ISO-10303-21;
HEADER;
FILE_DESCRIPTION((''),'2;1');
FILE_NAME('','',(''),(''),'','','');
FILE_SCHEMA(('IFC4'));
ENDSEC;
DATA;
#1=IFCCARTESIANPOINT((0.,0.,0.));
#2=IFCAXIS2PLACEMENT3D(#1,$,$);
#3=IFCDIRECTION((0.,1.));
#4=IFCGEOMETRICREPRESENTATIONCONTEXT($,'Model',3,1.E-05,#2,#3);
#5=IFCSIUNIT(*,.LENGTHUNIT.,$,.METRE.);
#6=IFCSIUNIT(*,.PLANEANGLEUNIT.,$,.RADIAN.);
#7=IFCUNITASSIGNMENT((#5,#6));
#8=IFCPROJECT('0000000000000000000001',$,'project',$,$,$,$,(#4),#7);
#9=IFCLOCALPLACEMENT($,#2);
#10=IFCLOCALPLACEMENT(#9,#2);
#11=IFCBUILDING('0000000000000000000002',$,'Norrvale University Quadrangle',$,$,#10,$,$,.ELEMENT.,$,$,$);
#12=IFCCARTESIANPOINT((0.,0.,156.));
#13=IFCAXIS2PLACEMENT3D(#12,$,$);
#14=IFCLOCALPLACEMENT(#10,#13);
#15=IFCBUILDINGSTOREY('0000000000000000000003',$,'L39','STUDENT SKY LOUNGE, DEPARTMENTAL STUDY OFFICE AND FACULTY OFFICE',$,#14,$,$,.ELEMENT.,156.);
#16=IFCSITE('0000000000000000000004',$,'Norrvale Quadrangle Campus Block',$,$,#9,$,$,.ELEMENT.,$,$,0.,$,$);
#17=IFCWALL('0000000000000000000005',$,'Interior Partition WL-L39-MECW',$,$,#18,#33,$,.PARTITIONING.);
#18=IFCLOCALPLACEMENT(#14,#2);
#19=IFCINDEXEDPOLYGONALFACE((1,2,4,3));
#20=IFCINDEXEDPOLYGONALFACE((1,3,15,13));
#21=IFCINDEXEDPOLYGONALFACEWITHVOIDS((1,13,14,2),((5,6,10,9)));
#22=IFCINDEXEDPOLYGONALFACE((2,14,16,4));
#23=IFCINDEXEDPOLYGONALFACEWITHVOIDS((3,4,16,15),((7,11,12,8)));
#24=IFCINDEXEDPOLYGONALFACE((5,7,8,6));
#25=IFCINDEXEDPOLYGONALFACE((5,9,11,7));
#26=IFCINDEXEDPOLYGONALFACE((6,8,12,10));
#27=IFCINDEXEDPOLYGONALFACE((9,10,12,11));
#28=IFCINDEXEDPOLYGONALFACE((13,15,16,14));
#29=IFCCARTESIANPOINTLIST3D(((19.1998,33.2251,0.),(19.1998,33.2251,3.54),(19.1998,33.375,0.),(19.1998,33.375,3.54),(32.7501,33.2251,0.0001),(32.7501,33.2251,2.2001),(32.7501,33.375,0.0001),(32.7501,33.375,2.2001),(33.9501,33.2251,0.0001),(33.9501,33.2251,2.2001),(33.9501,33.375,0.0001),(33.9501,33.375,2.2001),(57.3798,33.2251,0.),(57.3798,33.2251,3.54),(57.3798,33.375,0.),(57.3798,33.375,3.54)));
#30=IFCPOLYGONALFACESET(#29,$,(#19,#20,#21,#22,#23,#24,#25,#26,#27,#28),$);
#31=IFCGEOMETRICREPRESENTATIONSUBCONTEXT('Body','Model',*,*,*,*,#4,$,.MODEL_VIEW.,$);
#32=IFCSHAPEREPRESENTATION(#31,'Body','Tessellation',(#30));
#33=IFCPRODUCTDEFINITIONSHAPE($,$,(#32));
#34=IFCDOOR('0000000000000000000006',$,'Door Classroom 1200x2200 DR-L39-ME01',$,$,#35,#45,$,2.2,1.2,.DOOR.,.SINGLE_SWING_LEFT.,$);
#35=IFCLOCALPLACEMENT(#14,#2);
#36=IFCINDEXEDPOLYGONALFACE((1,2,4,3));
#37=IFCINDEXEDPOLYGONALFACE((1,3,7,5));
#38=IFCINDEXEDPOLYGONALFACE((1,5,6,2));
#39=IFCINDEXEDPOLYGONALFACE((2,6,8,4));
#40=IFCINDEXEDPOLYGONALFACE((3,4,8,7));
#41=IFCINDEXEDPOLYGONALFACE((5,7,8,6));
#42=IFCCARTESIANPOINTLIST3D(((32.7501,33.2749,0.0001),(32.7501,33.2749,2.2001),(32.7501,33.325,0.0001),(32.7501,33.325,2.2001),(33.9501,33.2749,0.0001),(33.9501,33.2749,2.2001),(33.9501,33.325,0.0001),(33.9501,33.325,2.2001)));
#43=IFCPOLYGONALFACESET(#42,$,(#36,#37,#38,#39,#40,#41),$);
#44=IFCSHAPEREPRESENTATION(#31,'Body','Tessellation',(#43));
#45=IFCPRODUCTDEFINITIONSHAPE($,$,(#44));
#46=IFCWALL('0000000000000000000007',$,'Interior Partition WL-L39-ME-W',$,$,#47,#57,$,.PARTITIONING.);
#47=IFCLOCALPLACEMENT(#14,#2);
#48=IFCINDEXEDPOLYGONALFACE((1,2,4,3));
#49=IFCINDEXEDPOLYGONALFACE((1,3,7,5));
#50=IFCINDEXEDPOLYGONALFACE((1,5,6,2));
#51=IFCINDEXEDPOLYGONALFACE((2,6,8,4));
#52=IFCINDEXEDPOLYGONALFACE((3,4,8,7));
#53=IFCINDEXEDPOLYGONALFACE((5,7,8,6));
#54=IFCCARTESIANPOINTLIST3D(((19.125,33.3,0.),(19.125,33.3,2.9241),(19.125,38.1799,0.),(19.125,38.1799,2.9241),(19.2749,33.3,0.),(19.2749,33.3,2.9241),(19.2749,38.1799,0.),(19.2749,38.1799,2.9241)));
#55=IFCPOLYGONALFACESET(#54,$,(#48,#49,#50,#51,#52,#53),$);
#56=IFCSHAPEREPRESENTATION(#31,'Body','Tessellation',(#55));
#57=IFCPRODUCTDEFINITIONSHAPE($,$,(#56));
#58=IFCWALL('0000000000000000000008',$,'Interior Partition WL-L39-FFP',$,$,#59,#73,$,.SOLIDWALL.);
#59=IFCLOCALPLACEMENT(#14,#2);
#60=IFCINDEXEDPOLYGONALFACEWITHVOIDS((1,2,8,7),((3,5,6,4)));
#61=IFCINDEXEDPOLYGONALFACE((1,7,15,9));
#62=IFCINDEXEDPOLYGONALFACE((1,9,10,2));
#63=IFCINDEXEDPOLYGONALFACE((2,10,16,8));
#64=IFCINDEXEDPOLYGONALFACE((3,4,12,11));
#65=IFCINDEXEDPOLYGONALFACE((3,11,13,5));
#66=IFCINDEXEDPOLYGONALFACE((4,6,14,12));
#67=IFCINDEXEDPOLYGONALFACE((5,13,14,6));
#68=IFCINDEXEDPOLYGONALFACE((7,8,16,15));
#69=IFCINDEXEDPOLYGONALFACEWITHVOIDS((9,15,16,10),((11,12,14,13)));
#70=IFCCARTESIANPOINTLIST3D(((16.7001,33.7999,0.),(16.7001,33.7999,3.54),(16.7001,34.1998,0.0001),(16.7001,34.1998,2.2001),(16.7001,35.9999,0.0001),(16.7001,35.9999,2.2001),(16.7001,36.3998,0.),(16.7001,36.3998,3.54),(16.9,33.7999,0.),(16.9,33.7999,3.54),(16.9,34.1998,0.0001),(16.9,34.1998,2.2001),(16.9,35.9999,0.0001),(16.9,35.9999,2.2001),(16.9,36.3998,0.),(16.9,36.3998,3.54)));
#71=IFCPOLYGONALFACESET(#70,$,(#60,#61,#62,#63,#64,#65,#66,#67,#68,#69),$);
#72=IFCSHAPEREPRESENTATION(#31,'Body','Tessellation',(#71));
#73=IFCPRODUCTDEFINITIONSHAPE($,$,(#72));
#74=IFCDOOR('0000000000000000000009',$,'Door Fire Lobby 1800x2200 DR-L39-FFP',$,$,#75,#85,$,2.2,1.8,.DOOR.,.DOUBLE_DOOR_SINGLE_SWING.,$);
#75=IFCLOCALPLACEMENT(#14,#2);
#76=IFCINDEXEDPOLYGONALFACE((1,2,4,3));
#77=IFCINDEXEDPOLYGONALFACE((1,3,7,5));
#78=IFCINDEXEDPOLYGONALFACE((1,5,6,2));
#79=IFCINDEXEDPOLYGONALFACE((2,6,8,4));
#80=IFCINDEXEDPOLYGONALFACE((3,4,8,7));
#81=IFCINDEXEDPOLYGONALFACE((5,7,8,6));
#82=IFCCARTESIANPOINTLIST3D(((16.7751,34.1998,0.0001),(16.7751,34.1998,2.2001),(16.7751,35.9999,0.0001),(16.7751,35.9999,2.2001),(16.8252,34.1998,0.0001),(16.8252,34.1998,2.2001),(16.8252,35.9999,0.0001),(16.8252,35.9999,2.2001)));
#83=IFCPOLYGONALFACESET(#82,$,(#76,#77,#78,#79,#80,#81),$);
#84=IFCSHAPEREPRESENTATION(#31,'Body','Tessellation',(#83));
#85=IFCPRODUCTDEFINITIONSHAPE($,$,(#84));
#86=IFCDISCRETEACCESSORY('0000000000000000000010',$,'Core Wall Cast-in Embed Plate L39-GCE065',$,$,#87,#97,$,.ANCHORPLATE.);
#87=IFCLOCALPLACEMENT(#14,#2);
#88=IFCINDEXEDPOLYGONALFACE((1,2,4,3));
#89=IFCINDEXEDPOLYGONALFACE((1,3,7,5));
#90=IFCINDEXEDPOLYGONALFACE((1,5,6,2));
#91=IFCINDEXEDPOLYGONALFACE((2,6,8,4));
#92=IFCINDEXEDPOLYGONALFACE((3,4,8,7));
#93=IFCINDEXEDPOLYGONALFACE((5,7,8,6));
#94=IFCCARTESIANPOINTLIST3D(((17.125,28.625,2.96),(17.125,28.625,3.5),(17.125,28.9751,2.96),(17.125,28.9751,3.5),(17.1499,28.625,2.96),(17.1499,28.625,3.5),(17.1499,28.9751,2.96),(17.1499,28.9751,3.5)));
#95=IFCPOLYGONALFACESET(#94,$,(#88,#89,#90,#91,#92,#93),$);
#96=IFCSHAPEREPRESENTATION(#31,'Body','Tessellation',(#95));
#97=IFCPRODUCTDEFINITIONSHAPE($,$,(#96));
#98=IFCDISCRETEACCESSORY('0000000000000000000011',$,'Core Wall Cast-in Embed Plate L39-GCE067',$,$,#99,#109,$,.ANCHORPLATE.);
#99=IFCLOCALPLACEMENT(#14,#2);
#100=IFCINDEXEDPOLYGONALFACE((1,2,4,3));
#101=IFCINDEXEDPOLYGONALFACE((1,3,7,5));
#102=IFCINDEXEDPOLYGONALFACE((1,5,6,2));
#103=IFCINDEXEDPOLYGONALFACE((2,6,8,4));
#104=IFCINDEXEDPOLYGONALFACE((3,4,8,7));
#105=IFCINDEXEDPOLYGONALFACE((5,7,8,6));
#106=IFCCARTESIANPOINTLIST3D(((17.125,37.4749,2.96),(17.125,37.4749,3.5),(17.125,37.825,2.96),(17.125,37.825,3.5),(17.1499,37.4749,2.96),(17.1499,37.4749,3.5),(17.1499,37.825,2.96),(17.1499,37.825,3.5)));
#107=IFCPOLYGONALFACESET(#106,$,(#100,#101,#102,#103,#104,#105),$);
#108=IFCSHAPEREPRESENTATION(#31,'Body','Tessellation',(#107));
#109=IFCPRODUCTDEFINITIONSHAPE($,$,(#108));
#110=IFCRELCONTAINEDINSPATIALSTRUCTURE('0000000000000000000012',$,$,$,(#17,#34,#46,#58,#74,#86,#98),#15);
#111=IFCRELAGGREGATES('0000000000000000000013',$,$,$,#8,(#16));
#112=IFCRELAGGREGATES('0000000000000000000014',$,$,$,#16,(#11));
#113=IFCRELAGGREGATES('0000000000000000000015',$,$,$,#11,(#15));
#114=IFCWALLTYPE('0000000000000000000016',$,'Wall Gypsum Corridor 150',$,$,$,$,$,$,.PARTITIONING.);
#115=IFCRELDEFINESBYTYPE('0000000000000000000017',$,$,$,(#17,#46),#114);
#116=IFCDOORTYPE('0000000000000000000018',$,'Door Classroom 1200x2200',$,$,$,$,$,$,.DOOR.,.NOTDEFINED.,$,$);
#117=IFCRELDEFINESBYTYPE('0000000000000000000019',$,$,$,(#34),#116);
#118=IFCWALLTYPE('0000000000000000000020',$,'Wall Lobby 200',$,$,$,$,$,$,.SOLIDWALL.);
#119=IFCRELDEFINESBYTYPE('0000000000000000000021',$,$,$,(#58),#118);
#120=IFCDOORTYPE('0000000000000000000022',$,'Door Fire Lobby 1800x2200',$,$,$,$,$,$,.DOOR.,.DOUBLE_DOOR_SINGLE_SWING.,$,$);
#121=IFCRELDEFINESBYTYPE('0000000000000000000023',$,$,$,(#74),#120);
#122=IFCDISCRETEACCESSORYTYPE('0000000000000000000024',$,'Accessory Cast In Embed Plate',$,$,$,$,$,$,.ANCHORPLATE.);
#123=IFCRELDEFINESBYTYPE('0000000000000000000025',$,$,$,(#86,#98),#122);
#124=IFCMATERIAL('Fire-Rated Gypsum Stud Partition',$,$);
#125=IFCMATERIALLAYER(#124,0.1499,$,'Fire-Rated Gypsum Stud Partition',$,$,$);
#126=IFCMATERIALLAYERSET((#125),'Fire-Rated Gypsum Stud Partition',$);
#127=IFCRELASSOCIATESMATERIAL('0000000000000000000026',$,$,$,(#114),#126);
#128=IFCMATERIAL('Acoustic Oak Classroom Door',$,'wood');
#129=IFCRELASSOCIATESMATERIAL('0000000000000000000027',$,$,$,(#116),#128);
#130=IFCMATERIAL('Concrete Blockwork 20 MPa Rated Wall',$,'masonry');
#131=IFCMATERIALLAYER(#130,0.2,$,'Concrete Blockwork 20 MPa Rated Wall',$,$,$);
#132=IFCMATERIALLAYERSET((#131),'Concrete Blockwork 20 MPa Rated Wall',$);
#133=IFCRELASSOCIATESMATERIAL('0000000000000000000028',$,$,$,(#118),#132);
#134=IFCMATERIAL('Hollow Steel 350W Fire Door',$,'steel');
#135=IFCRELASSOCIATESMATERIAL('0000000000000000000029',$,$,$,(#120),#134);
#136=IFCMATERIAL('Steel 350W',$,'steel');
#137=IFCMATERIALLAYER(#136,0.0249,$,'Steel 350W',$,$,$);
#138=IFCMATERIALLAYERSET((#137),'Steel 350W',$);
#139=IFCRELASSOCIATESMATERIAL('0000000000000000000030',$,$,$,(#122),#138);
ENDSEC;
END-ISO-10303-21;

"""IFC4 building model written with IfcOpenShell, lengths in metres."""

from ifc_helpers import new_model, si_unit, direction, frame, frame_2d, origin, origin_2d, place, context, subcontext, project, spatial, rectangle, extrude, material, layer, layer_set, type_object, element, fill, save


model = new_model("IFC4")

# Units and contexts
model_context = context("Model", 3, precision=1e-05, world=origin(), true_north=direction((0.0, 1.0)))
body_context = subcontext(model_context, "Body", "Model", "MODEL_VIEW")
ifc_project = project(units=[si_unit("LENGTHUNIT", "METRE"), si_unit("PLANEANGLEUNIT", "RADIAN")], contexts=[model_context])

# Site, building, storey
site_placement = place(None, origin())
site = spatial("IfcSite", under=ifc_project, at=site_placement, Name="Norrvale Quadrangle Campus Block", CompositionType="ELEMENT", RefElevation=0.0)
building_placement = place(site_placement, origin())
building = spatial("IfcBuilding", under=site, at=building_placement, Name="Norrvale University Quadrangle", CompositionType="ELEMENT")
storey_placement = place(building_placement, frame((0.0, 0.0, 156.0)))
storey = spatial("IfcBuildingStorey", under=building, at=storey_placement, Name="L39", Description="STUDENT SKY LOUNGE, DEPARTMENTAL STUDY OFFICE AND FACULTY OFFICE", CompositionType="ELEMENT", Elevation=156.0)

# Shared definitions
ifc_material_1 = material(Name="Steel 350W", Category="steel")

# Wall, opening, door
ifc_material_2 = material(Name="Fire-Rated Gypsum Stud Partition")
ifc_layer_1 = layer(ifc_material_2, 0.1499, Name="Fire-Rated Gypsum Stud Partition")
ifc_layer_set_1 = layer_set([ifc_layer_1], Name="Fire-Rated Gypsum Stud Partition")
wall_type_1 = type_object("IfcWallType", Name="Wall Gypsum Corridor 150", PredefinedType="PARTITIONING", material=ifc_layer_set_1)
ifc_material_3 = material(Name="Acoustic Oak Classroom Door", Category="wood")
door_type_1 = type_object("IfcDoorType", Name="Door Classroom 1200x2200", OperationType="NOTDEFINED", PredefinedType="DOOR", material=ifc_material_3)
wall_1_placement = place(storey_placement, frame((19.2, 33.3, 0.0), z_axis=(0.0, 0.0, 1.0), x_axis=(1.0, 0.0, 0.0)))
wall_1 = element("IfcWall", 1, at=wall_1_placement, inside=storey, type_object=wall_type_1, Name="Interior Partition WL-L39-MECW", PredefinedType="PARTITIONING", context=body_context, shape_type="SweptSolid", body=[
    extrude(rectangle(XDim=38.1799, YDim=0.1499, at=frame_2d((19.0898, 0.0))), origin(), (0.0, 0.0, 1.0), 3.54),
])
opening_1_placement = place(wall_1_placement, frame((13.55, 0.0, 0.0)))
opening_1 = element("IfcOpeningElement", 2, at=opening_1_placement, cuts=wall_1, PredefinedType="OPENING", context=body_context, shape_type="SweptSolid", body=[
    extrude(rectangle(XDim=1.2, YDim=2.2, at=frame_2d((0.6001, 1.1001))), frame((0.0, 0.0869, 0.0), z_axis=(0.0, -1.0, 0.0), x_axis=(1.0, 0.0, 0.0)), (0.0, 0.0, 1.0), 0.1738),
])
door_1_placement = place(opening_1_placement, origin())
door_1 = element("IfcDoor", 3, at=door_1_placement, inside=storey, type_object=door_type_1, Name="Door Classroom 1200x2200 DR-L39-ME01", OperationType="SINGLE_SWING_LEFT", OverallHeight=2.2, OverallWidth=1.2, PredefinedType="DOOR", context=body_context, shape_type="SweptSolid", body=[
    extrude(rectangle(XDim=1.2, YDim=2.2, at=frame_2d((0.6001, 1.1001))), frame((0.0, 0.0249, 0.0), z_axis=(0.0, -1.0, 0.0), x_axis=(1.0, 0.0, 0.0)), (0.0, 0.0, 1.0), 0.05),
])
fill(opening_1, door_1)

# Wall
wall_2_placement = place(storey_placement, frame((19.2, 33.3, 0.0), z_axis=(0.0, 0.0, 1.0), x_axis=(0.0, 1.0, 0.0)))
element("IfcWall", 4, at=wall_2_placement, inside=storey, type_object=wall_type_1, Name="Interior Partition WL-L39-ME-W", PredefinedType="PARTITIONING", context=body_context, shape_type="SweptSolid", body=[
    extrude(rectangle(XDim=4.8799, YDim=0.1499, at=frame_2d((2.4399, 0.0))), origin(), (0.0, 0.0, 1.0), 2.9241),
])

# Wall, opening, door
ifc_material_4 = material(Name="Concrete Blockwork 20 MPa Rated Wall", Category="masonry")
ifc_layer_2 = layer(ifc_material_4, 0.2, Name="Concrete Blockwork 20 MPa Rated Wall")
ifc_layer_set_2 = layer_set([ifc_layer_2], Name="Concrete Blockwork 20 MPa Rated Wall")
wall_type_2 = type_object("IfcWallType", Name="Wall Lobby 200", PredefinedType="SOLIDWALL", material=ifc_layer_set_2)
wall_3_placement = place(storey_placement, frame((16.8, 33.8, 0.0), z_axis=(0.0, 0.0, 1.0), x_axis=(0.0, 1.0, 0.0)))
wall_3 = element("IfcWall", 5, at=wall_3_placement, inside=storey, type_object=wall_type_2, Name="Interior Partition WL-L39-FFP", PredefinedType="SOLIDWALL", context=body_context, shape_type="SweptSolid", body=[
    extrude(rectangle(XDim=2.5999, YDim=0.2, at=frame_2d((1.2998, 0.0))), origin(), (0.0, 0.0, 1.0), 3.54),
])
opening_2_placement = place(wall_3_placement, frame((0.3999, 0.0, 0.0)))
opening_2 = element("IfcOpeningElement", 6, at=opening_2_placement, cuts=wall_3, PredefinedType="OPENING", context=body_context, shape_type="SweptSolid", body=[
    extrude(rectangle(XDim=1.8, YDim=2.2, at=frame_2d((0.8999, 1.1001))), frame((0.0, 0.1121, 0.0), z_axis=(0.0, -1.0, 0.0), x_axis=(1.0, 0.0, 0.0)), (0.0, 0.0, 1.0), 0.2239),
])
ifc_material_5 = material(Name="Hollow Steel 350W Fire Door", Category="steel")
door_type_2 = type_object("IfcDoorType", Name="Door Fire Lobby 1800x2200", OperationType="DOUBLE_DOOR_SINGLE_SWING", PredefinedType="DOOR", material=ifc_material_5)
door_2_placement = place(opening_2_placement, origin())
door_2 = element("IfcDoor", 7, at=door_2_placement, inside=storey, type_object=door_type_2, Name="Door Fire Lobby 1800x2200 DR-L39-FFP", OperationType="DOUBLE_DOOR_SINGLE_SWING", OverallHeight=2.2, OverallWidth=1.8, PredefinedType="DOOR", context=body_context, shape_type="SweptSolid", body=[
    extrude(rectangle(XDim=1.8, YDim=2.2, at=frame_2d((0.8999, 1.1001))), frame((0.0, 0.0249, 0.0), z_axis=(0.0, -1.0, 0.0), x_axis=(1.0, 0.0, 0.0)), (0.0, 0.0, 1.0), 0.05),
])
fill(opening_2, door_2)

# Discrete accessories
ifc_layer_3 = layer(ifc_material_1, 0.0249, Name="Steel 350W")
ifc_layer_set_3 = layer_set([ifc_layer_3], Name="Steel 350W")
discrete_accessory_type = type_object("IfcDiscreteAccessoryType", Name="Accessory Cast In Embed Plate", PredefinedType="ANCHORPLATE", material=ifc_layer_set_3)
for number, where, z_axis, x_axis, name in (
    (8, (17.1375, 28.8, 2.96), (0.0, 0.0, 1.0), (1.0, 0.0, 0.0), "Core Wall Cast-in Embed Plate L39-GCE065"),
    (9, (17.1375, 37.6499, 2.96), (0.0, 0.0, 1.0), (1.0, 0.0, 0.0), "Core Wall Cast-in Embed Plate L39-GCE067"),
):
    element("IfcDiscreteAccessory", number, at=place(storey_placement, frame(where, z_axis=z_axis, x_axis=x_axis)), inside=storey, type_object=discrete_accessory_type, Name=name, PredefinedType="ANCHORPLATE", context=body_context, shape_type="SweptSolid", body=[
        extrude(rectangle(XDim=0.0249, YDim=0.3501, at=origin_2d()), origin(), (0.0, 0.0, 1.0), 0.54),
    ])

save(model, "model.ifc")
